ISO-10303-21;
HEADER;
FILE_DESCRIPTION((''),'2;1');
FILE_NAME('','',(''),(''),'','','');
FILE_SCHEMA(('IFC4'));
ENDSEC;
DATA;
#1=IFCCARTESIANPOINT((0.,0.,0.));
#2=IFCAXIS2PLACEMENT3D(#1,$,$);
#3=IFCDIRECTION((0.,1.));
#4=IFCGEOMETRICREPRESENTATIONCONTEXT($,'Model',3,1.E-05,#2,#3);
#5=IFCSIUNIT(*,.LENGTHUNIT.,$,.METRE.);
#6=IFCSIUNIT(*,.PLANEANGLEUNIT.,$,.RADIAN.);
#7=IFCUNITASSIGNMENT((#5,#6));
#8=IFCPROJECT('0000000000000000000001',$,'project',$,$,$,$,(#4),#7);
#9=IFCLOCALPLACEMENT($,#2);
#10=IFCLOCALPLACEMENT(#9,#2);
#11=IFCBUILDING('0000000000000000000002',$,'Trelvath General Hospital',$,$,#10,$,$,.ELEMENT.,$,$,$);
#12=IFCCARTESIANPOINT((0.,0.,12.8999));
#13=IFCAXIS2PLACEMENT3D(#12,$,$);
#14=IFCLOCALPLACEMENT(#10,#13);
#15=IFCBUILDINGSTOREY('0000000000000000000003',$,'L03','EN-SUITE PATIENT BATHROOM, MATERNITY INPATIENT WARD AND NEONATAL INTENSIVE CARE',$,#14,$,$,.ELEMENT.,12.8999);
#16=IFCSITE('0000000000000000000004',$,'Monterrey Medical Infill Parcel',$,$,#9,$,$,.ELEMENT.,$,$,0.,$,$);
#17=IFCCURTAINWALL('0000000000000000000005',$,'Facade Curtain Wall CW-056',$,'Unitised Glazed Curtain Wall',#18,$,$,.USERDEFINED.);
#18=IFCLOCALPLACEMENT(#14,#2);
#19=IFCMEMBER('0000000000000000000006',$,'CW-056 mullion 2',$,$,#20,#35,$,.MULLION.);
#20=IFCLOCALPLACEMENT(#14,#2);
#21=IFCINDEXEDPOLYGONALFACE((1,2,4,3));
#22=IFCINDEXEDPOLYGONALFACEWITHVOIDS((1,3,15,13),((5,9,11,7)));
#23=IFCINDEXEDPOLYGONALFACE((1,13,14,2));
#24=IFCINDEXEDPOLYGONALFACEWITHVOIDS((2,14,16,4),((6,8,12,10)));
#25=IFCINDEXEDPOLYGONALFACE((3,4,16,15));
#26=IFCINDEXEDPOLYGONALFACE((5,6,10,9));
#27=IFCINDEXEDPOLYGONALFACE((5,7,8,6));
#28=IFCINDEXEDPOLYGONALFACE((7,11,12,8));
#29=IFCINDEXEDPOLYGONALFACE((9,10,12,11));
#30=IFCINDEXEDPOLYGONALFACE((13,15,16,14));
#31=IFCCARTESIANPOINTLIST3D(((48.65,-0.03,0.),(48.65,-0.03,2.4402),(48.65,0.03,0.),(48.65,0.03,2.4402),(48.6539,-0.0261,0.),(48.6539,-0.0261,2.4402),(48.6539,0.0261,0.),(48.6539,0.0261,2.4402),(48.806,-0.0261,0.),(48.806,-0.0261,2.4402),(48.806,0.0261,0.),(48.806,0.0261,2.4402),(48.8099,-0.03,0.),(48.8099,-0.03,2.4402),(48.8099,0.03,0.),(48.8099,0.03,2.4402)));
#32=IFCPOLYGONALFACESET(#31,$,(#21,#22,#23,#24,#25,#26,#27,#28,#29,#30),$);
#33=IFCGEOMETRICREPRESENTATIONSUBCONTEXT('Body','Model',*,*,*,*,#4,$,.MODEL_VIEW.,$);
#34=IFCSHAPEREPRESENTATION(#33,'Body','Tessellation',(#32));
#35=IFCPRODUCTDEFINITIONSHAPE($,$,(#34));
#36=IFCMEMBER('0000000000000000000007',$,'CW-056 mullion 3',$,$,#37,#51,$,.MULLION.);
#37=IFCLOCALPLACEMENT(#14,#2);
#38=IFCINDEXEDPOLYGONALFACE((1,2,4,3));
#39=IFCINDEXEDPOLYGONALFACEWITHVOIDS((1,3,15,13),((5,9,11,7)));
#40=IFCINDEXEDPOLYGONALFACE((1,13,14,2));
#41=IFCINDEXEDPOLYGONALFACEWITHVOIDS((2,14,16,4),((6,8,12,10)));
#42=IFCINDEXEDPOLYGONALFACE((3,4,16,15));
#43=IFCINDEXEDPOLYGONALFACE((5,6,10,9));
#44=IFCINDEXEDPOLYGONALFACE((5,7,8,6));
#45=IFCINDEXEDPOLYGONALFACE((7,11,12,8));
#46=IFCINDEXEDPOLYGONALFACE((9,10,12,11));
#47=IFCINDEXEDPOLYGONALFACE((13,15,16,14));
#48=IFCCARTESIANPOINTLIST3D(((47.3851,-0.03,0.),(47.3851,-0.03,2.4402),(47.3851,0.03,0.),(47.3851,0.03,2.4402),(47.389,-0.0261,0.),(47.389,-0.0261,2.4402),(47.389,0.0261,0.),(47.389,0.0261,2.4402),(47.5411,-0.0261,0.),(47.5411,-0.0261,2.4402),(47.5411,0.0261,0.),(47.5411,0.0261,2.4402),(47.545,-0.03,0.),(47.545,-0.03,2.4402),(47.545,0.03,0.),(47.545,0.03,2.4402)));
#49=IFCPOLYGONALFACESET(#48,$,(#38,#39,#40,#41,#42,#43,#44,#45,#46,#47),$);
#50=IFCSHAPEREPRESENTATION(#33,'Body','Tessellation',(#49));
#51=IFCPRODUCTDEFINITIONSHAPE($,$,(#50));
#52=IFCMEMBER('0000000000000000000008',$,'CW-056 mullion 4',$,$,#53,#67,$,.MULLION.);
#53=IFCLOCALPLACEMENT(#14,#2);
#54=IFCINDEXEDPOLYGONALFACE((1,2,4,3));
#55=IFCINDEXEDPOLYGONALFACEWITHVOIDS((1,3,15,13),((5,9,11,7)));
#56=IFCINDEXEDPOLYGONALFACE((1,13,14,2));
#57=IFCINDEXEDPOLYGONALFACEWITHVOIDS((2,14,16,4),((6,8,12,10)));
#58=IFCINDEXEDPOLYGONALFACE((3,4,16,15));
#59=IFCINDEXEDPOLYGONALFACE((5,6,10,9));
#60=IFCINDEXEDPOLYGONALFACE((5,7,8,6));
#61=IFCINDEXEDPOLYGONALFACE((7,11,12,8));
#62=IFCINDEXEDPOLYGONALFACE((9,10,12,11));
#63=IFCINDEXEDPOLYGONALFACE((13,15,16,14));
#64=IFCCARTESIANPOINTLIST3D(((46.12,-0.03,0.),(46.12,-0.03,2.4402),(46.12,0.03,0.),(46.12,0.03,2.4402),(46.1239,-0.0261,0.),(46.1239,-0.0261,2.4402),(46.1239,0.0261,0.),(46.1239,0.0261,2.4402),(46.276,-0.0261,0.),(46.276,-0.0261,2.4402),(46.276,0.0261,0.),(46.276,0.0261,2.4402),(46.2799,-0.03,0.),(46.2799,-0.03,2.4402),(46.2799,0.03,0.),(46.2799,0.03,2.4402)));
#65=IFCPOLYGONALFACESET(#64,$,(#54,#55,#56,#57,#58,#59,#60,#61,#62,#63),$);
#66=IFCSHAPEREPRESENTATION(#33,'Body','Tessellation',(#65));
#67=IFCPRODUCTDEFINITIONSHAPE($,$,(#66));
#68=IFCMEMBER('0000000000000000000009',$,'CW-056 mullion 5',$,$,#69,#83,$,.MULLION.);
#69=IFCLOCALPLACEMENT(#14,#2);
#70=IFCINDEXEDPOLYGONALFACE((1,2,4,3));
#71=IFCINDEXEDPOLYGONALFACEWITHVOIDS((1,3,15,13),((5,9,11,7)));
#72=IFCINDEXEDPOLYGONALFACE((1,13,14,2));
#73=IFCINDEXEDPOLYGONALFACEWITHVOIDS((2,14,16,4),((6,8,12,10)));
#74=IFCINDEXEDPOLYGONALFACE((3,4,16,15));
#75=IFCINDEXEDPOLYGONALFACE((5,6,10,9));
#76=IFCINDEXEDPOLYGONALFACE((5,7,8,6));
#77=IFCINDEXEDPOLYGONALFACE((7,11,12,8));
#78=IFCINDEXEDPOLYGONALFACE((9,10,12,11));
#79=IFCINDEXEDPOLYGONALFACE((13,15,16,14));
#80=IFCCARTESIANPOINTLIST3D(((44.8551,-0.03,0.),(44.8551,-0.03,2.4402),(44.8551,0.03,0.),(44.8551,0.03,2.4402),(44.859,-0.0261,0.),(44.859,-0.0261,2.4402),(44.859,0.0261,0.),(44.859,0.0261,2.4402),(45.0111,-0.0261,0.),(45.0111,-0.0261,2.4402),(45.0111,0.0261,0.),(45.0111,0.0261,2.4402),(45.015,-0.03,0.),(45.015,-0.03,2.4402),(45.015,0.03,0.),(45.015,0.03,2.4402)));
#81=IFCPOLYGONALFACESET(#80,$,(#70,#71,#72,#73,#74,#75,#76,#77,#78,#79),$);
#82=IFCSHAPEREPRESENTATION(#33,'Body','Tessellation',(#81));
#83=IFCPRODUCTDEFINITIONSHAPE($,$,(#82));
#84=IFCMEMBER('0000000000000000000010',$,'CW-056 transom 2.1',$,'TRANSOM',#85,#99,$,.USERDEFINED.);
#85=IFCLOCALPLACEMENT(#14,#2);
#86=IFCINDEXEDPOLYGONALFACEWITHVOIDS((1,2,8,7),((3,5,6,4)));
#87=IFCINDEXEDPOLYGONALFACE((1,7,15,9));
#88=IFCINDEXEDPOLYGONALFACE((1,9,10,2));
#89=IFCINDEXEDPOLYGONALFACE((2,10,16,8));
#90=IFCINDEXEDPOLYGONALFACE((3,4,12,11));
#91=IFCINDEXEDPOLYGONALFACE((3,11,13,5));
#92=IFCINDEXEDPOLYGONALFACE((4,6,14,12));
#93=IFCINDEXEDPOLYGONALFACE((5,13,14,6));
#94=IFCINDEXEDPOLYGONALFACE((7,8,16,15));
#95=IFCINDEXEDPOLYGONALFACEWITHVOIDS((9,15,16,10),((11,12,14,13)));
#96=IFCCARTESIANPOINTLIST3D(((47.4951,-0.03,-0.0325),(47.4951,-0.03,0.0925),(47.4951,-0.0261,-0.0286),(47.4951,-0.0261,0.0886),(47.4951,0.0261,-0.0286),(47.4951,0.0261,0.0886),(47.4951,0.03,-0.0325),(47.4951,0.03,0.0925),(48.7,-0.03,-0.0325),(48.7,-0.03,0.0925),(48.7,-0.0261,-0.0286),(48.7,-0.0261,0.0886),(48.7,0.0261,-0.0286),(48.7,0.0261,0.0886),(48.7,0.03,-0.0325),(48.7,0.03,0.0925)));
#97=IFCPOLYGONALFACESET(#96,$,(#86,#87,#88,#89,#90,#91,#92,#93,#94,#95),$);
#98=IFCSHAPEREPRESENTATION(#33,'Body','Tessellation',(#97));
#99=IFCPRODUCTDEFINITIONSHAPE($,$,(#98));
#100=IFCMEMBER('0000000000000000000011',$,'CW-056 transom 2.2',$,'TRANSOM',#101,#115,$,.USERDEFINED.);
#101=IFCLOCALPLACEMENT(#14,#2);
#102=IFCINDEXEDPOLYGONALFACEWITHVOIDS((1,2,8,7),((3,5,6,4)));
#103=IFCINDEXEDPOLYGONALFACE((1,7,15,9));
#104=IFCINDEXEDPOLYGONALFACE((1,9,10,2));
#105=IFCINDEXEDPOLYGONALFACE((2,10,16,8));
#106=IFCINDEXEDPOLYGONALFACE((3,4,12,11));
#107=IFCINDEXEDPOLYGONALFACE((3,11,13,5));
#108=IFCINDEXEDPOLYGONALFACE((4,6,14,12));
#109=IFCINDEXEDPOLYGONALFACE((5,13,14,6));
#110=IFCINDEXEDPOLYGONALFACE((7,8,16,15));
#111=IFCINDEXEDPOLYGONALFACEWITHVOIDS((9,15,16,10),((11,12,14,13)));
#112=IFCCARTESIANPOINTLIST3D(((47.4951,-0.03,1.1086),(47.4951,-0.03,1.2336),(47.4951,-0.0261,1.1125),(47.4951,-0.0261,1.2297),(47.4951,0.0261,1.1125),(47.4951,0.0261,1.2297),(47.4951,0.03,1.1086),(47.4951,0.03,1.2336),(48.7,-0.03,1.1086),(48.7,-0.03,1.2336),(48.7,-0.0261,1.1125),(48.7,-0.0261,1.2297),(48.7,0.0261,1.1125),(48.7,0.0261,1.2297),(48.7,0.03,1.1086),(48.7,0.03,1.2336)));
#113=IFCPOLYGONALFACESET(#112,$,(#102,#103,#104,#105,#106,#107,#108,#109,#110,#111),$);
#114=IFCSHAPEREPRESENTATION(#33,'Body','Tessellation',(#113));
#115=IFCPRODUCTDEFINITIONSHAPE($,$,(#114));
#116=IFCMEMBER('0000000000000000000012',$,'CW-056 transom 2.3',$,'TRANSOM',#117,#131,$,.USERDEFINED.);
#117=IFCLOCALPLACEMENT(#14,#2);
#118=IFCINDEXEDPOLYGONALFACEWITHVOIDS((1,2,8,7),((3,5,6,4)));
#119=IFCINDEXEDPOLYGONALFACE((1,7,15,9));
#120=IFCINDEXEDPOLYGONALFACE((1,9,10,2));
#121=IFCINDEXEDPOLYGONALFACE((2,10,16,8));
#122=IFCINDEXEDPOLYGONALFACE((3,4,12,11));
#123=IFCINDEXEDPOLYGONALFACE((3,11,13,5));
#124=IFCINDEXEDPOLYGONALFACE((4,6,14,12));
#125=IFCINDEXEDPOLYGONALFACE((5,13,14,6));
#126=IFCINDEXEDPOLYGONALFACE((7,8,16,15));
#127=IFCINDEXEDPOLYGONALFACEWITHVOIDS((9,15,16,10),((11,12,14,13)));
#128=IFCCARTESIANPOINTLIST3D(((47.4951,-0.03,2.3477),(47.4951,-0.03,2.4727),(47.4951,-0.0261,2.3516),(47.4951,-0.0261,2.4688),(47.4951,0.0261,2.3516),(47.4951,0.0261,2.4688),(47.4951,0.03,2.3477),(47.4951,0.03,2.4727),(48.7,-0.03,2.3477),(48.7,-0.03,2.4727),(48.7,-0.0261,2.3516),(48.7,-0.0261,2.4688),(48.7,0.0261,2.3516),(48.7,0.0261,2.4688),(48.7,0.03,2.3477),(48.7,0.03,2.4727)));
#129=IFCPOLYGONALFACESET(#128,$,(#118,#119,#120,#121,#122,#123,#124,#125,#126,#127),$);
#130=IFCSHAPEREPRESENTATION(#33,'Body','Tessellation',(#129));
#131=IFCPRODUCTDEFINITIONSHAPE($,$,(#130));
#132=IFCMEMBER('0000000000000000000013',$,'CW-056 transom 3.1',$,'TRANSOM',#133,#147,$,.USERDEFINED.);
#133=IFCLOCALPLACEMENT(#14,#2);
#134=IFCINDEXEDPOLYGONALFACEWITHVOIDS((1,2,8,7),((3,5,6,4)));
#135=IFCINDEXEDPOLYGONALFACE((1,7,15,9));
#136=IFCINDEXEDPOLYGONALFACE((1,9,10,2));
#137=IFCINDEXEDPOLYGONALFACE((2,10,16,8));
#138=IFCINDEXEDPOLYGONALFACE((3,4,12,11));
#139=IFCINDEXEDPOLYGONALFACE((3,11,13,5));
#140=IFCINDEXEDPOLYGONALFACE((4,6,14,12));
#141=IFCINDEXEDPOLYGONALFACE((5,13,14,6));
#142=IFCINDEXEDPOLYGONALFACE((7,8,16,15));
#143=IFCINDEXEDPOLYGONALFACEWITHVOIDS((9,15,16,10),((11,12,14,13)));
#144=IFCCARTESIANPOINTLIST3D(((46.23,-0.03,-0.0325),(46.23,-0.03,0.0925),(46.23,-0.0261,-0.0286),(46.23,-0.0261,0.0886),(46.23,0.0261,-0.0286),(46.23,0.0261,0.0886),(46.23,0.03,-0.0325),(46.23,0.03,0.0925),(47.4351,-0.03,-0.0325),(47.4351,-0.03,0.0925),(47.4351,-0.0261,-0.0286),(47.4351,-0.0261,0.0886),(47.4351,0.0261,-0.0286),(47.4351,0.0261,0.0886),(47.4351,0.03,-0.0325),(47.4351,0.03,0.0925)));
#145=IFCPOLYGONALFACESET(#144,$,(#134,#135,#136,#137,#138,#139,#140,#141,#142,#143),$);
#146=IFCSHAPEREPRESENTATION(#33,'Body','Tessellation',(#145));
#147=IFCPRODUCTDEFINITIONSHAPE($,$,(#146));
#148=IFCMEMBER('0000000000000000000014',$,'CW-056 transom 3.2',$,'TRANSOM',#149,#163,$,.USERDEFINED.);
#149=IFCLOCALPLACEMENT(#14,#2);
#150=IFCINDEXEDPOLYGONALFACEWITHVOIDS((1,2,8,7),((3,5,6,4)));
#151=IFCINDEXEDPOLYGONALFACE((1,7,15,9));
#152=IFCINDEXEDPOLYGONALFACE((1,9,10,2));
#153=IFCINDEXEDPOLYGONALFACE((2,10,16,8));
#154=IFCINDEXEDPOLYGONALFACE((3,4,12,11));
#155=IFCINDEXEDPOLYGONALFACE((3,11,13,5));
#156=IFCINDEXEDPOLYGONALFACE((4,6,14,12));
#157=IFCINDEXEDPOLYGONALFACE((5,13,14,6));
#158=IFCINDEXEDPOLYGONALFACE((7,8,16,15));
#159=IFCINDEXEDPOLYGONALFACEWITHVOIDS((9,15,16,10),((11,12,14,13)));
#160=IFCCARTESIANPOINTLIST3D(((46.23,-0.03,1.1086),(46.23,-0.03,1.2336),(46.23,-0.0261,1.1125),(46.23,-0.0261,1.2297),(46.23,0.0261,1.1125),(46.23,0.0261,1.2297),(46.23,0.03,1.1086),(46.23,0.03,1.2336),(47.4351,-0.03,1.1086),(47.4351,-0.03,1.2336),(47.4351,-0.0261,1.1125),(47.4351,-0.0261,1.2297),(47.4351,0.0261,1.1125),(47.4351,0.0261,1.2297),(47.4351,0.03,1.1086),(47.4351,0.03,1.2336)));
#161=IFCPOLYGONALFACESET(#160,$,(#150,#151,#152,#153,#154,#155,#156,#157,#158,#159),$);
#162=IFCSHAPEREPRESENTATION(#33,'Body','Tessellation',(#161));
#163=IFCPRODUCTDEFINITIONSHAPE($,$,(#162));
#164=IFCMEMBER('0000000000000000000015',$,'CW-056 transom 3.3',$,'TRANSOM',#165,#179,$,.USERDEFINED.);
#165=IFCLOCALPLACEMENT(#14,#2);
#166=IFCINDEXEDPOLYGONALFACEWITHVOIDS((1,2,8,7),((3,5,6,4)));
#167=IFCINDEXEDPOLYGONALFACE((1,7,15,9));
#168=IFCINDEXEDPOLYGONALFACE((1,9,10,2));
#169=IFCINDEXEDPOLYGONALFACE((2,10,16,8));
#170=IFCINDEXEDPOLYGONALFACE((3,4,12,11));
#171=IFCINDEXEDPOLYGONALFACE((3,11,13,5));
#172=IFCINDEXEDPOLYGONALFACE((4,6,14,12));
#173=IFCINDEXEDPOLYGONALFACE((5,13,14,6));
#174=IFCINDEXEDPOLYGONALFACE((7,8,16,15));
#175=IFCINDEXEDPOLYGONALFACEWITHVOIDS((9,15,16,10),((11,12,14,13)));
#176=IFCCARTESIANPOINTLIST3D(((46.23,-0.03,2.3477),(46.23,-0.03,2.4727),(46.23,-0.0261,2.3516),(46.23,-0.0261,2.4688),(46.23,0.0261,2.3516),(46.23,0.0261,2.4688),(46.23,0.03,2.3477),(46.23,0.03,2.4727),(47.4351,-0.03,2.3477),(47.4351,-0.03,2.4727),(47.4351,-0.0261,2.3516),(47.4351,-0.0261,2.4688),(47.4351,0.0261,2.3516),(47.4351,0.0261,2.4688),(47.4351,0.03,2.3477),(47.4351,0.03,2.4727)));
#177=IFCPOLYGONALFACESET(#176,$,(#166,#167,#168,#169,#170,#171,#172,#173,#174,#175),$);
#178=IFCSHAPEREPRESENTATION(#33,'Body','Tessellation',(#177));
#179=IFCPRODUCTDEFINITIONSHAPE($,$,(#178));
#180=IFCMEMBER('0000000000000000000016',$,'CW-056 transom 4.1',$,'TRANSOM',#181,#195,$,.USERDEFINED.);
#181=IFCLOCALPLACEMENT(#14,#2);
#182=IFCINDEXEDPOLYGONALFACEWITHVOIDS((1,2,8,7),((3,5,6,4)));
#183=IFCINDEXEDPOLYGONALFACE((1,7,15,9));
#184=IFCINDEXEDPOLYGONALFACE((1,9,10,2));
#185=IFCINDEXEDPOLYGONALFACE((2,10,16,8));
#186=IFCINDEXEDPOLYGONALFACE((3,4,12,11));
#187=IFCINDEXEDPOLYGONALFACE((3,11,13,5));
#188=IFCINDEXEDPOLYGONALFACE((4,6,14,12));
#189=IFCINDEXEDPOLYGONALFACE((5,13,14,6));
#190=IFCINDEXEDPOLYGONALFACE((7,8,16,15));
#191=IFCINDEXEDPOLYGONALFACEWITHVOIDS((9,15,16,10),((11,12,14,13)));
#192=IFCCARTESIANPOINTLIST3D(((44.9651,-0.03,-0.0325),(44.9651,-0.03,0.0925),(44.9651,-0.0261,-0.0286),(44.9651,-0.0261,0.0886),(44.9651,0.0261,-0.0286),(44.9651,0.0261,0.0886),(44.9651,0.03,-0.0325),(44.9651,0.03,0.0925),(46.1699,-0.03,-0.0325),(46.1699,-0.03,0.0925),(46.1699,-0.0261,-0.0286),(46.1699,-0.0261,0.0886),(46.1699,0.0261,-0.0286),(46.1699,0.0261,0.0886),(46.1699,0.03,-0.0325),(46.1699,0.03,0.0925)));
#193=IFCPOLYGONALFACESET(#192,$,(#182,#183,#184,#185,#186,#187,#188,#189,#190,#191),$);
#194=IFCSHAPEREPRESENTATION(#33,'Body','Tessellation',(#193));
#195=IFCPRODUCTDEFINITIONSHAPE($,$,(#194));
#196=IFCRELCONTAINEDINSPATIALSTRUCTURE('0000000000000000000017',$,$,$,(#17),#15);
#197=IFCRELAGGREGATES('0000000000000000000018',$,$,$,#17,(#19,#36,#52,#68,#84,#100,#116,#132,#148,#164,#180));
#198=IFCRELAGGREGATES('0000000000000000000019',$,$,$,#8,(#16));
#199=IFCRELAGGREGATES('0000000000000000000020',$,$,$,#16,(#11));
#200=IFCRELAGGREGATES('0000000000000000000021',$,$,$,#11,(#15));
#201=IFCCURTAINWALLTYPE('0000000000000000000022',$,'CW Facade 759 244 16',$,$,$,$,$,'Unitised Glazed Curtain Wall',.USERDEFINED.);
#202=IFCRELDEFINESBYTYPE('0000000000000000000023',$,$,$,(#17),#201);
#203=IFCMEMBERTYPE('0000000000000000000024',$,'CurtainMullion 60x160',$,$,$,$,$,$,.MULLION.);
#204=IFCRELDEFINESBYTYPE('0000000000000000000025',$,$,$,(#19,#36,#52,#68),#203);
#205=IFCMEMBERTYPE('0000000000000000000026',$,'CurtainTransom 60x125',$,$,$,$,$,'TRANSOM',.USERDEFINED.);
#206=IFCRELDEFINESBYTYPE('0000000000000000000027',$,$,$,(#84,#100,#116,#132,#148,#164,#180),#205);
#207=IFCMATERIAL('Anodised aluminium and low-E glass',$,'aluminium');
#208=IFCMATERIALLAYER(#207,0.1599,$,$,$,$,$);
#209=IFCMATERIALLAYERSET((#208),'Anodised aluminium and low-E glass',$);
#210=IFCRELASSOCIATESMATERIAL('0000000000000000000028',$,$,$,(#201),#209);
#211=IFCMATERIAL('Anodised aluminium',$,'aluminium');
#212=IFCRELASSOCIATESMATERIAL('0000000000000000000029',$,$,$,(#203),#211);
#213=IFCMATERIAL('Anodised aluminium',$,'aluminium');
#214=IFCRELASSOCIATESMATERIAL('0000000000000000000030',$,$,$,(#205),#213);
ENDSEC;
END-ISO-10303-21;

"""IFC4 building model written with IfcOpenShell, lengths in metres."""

from ifc_helpers import new_model, si_unit, direction, frame, origin, origin_2d, place, context, subcontext, project, spatial, hollow_rectangle, extrude, material, layer, layer_set, material_profile, profile_set, type_object, element, aggregate, save


model = new_model("IFC4")

# Units and contexts
model_context = context("Model", 3, precision=1e-05, world=origin(), true_north=direction((0.0, 1.0)))
body_context = subcontext(model_context, "Body", "Model", "MODEL_VIEW")
ifc_project = project(units=[si_unit("LENGTHUNIT", "METRE"), si_unit("PLANEANGLEUNIT", "RADIAN")], contexts=[model_context])

# Site, building, storey
site_placement = place(None, origin())
site = spatial("IfcSite", under=ifc_project, at=site_placement, Name="Monterrey Medical Infill Parcel", CompositionType="ELEMENT", RefElevation=0.0)
building_placement = place(site_placement, origin())
building = spatial("IfcBuilding", under=site, at=building_placement, Name="Trelvath General Hospital", CompositionType="ELEMENT")
storey_placement = place(building_placement, frame((0.0, 0.0, 12.8999)))
storey = spatial("IfcBuildingStorey", under=building, at=storey_placement, Name="L03", Description="EN-SUITE PATIENT BATHROOM, MATERNITY INPATIENT WARD AND NEONATAL INTENSIVE CARE", CompositionType="ELEMENT", Elevation=12.8999)

# Curtain wall, members
ifc_material_1 = material(Name="Anodised aluminium and low-E glass", Category="aluminium")
ifc_layer_1 = layer(ifc_material_1, 0.1599)
ifc_layer_set_1 = layer_set([ifc_layer_1], Name="Anodised aluminium and low-E glass")
curtain_wall_type = type_object("IfcCurtainWallType", Name="CW Facade 759 244 16", ElementType="Unitised Glazed Curtain Wall", PredefinedType="USERDEFINED", material=ifc_layer_set_1)
curtain_wall_placement = place(storey_placement, origin())
curtain_wall = element("IfcCurtainWall", 1, at=curtain_wall_placement, inside=storey, type_object=curtain_wall_type, Name="Facade Curtain Wall CW-056", ObjectType="Unitised Glazed Curtain Wall", PredefinedType="USERDEFINED")
ifc_material_2 = material(Name="Anodised aluminium", Category="aluminium")
ifc_material_profile_1 = material_profile(ifc_material_2, hollow_rectangle(XDim=0.0601, YDim=0.1599, WallThickness=0.0039, at=origin_2d()), Name="RHS60x160x4")
ifc_profile_set_1 = profile_set([ifc_material_profile_1], Name="Anodised aluminium")
member_type_1 = type_object("IfcMemberType", Name="CurtainMullion 60x160", PredefinedType="MULLION", material=ifc_profile_set_1)
member_1_placement = place(storey_placement, frame((48.73, 0.0, 0.0), z_axis=(0.0, 0.0, 1.0), x_axis=(0.0, -1.0, 0.0)))
member_1 = element("IfcMember", 2, at=member_1_placement, type_object=member_type_1, Name="CW-056 mullion 2", PredefinedType="MULLION", context=body_context, shape_type="SweptSolid", body=[
    extrude(hollow_rectangle(XDim=0.0601, YDim=0.1599, WallThickness=0.0039, at=origin_2d()), origin(), (0.0, 0.0, 1.0), 2.4402),
])
member_2_placement = place(storey_placement, frame((47.4651, 0.0, 0.0), z_axis=(0.0, 0.0, 1.0), x_axis=(0.0, -1.0, 0.0)))
member_2 = element("IfcMember", 3, at=member_2_placement, type_object=member_type_1, Name="CW-056 mullion 3", PredefinedType="MULLION", context=body_context, shape_type="SweptSolid", body=[
    extrude(hollow_rectangle(XDim=0.0601, YDim=0.1599, WallThickness=0.0039, at=origin_2d()), origin(), (0.0, 0.0, 1.0), 2.4402),
])
member_3_placement = place(storey_placement, frame((46.2, 0.0, 0.0), z_axis=(0.0, 0.0, 1.0), x_axis=(0.0, -1.0, 0.0)))
member_3 = element("IfcMember", 4, at=member_3_placement, type_object=member_type_1, Name="CW-056 mullion 4", PredefinedType="MULLION", context=body_context, shape_type="SweptSolid", body=[
    extrude(hollow_rectangle(XDim=0.0601, YDim=0.1599, WallThickness=0.0039, at=origin_2d()), origin(), (0.0, 0.0, 1.0), 2.4402),
])
member_4_placement = place(storey_placement, frame((44.9351, 0.0, 0.0), z_axis=(0.0, 0.0, 1.0), x_axis=(0.0, -1.0, 0.0)))
member_4 = element("IfcMember", 5, at=member_4_placement, type_object=member_type_1, Name="CW-056 mullion 5", PredefinedType="MULLION", context=body_context, shape_type="SweptSolid", body=[
    extrude(hollow_rectangle(XDim=0.0601, YDim=0.1599, WallThickness=0.0039, at=origin_2d()), origin(), (0.0, 0.0, 1.0), 2.4402),
])
ifc_material_3 = material(Name="Anodised aluminium", Category="aluminium")
ifc_material_profile_2 = material_profile(ifc_material_3, hollow_rectangle(XDim=0.0601, YDim=0.125, WallThickness=0.0039, at=origin_2d()), Name="RHS60x125x4")
ifc_profile_set_2 = profile_set([ifc_material_profile_2], Name="Anodised aluminium")
member_type_2 = type_object("IfcMemberType", Name="CurtainTransom 60x125", ElementType="TRANSOM", PredefinedType="USERDEFINED", material=ifc_profile_set_2)
member_5_placement = place(storey_placement, frame((48.7, 0.0, 0.03), z_axis=(-1.0, 0.0, 0.0), x_axis=(0.0, -1.0, 0.0)))
member_5 = element("IfcMember", 6, at=member_5_placement, type_object=member_type_2, Name="CW-056 transom 2.1", ObjectType="TRANSOM", PredefinedType="USERDEFINED", context=body_context, shape_type="SweptSolid", body=[
    extrude(hollow_rectangle(XDim=0.0601, YDim=0.125, WallThickness=0.0039, at=origin_2d()), origin(), (0.0, 0.0, 1.0), 1.2048),
])
member_6_placement = place(storey_placement, frame((48.7, 0.0, 1.1711), z_axis=(-1.0, 0.0, 0.0), x_axis=(0.0, -1.0, 0.0)))
member_6 = element("IfcMember", 7, at=member_6_placement, type_object=member_type_2, Name="CW-056 transom 2.2", ObjectType="TRANSOM", PredefinedType="USERDEFINED", context=body_context, shape_type="SweptSolid", body=[
    extrude(hollow_rectangle(XDim=0.0601, YDim=0.125, WallThickness=0.0039, at=origin_2d()), origin(), (0.0, 0.0, 1.0), 1.2048),
])
member_7_placement = place(storey_placement, frame((48.7, 0.0, 2.4102), z_axis=(-1.0, 0.0, 0.0), x_axis=(0.0, -1.0, 0.0)))
member_7 = element("IfcMember", 8, at=member_7_placement, type_object=member_type_2, Name="CW-056 transom 2.3", ObjectType="TRANSOM", PredefinedType="USERDEFINED", context=body_context, shape_type="SweptSolid", body=[
    extrude(hollow_rectangle(XDim=0.0601, YDim=0.125, WallThickness=0.0039, at=origin_2d()), origin(), (0.0, 0.0, 1.0), 1.2048),
])
member_8_placement = place(storey_placement, frame((47.4351, 0.0, 0.03), z_axis=(-1.0, 0.0, 0.0), x_axis=(0.0, -1.0, 0.0)))
member_8 = element("IfcMember", 9, at=member_8_placement, type_object=member_type_2, Name="CW-056 transom 3.1", ObjectType="TRANSOM", PredefinedType="USERDEFINED", context=body_context, shape_type="SweptSolid", body=[
    extrude(hollow_rectangle(XDim=0.0601, YDim=0.125, WallThickness=0.0039, at=origin_2d()), origin(), (0.0, 0.0, 1.0), 1.2051),
])
member_9_placement = place(storey_placement, frame((47.4351, 0.0, 1.1711), z_axis=(-1.0, 0.0, 0.0), x_axis=(0.0, -1.0, 0.0)))
member_9 = element("IfcMember", 10, at=member_9_placement, type_object=member_type_2, Name="CW-056 transom 3.2", ObjectType="TRANSOM", PredefinedType="USERDEFINED", context=body_context, shape_type="SweptSolid", body=[
    extrude(hollow_rectangle(XDim=0.0601, YDim=0.125, WallThickness=0.0039, at=origin_2d()), origin(), (0.0, 0.0, 1.0), 1.2051),
])
member_10_placement = place(storey_placement, frame((47.4351, 0.0, 2.4102), z_axis=(-1.0, 0.0, 0.0), x_axis=(0.0, -1.0, 0.0)))
member_10 = element("IfcMember", 11, at=member_10_placement, type_object=member_type_2, Name="CW-056 transom 3.3", ObjectType="TRANSOM", PredefinedType="USERDEFINED", context=body_context, shape_type="SweptSolid", body=[
    extrude(hollow_rectangle(XDim=0.0601, YDim=0.125, WallThickness=0.0039, at=origin_2d()), origin(), (0.0, 0.0, 1.0), 1.2051),
])
member_11_placement = place(storey_placement, frame((46.1699, 0.0, 0.03), z_axis=(-1.0, 0.0, 0.0), x_axis=(0.0, -1.0, 0.0)))
member_11 = element("IfcMember", 12, at=member_11_placement, type_object=member_type_2, Name="CW-056 transom 4.1", ObjectType="TRANSOM", PredefinedType="USERDEFINED", context=body_context, shape_type="SweptSolid", body=[
    extrude(hollow_rectangle(XDim=0.0601, YDim=0.125, WallThickness=0.0039, at=origin_2d()), origin(), (0.0, 0.0, 1.0), 1.2048),
])
aggregate(curtain_wall, [member_1, member_2, member_3, member_4, member_5, member_6, member_7, member_8, member_9, member_10, member_11])

save(model, "model.ifc")
